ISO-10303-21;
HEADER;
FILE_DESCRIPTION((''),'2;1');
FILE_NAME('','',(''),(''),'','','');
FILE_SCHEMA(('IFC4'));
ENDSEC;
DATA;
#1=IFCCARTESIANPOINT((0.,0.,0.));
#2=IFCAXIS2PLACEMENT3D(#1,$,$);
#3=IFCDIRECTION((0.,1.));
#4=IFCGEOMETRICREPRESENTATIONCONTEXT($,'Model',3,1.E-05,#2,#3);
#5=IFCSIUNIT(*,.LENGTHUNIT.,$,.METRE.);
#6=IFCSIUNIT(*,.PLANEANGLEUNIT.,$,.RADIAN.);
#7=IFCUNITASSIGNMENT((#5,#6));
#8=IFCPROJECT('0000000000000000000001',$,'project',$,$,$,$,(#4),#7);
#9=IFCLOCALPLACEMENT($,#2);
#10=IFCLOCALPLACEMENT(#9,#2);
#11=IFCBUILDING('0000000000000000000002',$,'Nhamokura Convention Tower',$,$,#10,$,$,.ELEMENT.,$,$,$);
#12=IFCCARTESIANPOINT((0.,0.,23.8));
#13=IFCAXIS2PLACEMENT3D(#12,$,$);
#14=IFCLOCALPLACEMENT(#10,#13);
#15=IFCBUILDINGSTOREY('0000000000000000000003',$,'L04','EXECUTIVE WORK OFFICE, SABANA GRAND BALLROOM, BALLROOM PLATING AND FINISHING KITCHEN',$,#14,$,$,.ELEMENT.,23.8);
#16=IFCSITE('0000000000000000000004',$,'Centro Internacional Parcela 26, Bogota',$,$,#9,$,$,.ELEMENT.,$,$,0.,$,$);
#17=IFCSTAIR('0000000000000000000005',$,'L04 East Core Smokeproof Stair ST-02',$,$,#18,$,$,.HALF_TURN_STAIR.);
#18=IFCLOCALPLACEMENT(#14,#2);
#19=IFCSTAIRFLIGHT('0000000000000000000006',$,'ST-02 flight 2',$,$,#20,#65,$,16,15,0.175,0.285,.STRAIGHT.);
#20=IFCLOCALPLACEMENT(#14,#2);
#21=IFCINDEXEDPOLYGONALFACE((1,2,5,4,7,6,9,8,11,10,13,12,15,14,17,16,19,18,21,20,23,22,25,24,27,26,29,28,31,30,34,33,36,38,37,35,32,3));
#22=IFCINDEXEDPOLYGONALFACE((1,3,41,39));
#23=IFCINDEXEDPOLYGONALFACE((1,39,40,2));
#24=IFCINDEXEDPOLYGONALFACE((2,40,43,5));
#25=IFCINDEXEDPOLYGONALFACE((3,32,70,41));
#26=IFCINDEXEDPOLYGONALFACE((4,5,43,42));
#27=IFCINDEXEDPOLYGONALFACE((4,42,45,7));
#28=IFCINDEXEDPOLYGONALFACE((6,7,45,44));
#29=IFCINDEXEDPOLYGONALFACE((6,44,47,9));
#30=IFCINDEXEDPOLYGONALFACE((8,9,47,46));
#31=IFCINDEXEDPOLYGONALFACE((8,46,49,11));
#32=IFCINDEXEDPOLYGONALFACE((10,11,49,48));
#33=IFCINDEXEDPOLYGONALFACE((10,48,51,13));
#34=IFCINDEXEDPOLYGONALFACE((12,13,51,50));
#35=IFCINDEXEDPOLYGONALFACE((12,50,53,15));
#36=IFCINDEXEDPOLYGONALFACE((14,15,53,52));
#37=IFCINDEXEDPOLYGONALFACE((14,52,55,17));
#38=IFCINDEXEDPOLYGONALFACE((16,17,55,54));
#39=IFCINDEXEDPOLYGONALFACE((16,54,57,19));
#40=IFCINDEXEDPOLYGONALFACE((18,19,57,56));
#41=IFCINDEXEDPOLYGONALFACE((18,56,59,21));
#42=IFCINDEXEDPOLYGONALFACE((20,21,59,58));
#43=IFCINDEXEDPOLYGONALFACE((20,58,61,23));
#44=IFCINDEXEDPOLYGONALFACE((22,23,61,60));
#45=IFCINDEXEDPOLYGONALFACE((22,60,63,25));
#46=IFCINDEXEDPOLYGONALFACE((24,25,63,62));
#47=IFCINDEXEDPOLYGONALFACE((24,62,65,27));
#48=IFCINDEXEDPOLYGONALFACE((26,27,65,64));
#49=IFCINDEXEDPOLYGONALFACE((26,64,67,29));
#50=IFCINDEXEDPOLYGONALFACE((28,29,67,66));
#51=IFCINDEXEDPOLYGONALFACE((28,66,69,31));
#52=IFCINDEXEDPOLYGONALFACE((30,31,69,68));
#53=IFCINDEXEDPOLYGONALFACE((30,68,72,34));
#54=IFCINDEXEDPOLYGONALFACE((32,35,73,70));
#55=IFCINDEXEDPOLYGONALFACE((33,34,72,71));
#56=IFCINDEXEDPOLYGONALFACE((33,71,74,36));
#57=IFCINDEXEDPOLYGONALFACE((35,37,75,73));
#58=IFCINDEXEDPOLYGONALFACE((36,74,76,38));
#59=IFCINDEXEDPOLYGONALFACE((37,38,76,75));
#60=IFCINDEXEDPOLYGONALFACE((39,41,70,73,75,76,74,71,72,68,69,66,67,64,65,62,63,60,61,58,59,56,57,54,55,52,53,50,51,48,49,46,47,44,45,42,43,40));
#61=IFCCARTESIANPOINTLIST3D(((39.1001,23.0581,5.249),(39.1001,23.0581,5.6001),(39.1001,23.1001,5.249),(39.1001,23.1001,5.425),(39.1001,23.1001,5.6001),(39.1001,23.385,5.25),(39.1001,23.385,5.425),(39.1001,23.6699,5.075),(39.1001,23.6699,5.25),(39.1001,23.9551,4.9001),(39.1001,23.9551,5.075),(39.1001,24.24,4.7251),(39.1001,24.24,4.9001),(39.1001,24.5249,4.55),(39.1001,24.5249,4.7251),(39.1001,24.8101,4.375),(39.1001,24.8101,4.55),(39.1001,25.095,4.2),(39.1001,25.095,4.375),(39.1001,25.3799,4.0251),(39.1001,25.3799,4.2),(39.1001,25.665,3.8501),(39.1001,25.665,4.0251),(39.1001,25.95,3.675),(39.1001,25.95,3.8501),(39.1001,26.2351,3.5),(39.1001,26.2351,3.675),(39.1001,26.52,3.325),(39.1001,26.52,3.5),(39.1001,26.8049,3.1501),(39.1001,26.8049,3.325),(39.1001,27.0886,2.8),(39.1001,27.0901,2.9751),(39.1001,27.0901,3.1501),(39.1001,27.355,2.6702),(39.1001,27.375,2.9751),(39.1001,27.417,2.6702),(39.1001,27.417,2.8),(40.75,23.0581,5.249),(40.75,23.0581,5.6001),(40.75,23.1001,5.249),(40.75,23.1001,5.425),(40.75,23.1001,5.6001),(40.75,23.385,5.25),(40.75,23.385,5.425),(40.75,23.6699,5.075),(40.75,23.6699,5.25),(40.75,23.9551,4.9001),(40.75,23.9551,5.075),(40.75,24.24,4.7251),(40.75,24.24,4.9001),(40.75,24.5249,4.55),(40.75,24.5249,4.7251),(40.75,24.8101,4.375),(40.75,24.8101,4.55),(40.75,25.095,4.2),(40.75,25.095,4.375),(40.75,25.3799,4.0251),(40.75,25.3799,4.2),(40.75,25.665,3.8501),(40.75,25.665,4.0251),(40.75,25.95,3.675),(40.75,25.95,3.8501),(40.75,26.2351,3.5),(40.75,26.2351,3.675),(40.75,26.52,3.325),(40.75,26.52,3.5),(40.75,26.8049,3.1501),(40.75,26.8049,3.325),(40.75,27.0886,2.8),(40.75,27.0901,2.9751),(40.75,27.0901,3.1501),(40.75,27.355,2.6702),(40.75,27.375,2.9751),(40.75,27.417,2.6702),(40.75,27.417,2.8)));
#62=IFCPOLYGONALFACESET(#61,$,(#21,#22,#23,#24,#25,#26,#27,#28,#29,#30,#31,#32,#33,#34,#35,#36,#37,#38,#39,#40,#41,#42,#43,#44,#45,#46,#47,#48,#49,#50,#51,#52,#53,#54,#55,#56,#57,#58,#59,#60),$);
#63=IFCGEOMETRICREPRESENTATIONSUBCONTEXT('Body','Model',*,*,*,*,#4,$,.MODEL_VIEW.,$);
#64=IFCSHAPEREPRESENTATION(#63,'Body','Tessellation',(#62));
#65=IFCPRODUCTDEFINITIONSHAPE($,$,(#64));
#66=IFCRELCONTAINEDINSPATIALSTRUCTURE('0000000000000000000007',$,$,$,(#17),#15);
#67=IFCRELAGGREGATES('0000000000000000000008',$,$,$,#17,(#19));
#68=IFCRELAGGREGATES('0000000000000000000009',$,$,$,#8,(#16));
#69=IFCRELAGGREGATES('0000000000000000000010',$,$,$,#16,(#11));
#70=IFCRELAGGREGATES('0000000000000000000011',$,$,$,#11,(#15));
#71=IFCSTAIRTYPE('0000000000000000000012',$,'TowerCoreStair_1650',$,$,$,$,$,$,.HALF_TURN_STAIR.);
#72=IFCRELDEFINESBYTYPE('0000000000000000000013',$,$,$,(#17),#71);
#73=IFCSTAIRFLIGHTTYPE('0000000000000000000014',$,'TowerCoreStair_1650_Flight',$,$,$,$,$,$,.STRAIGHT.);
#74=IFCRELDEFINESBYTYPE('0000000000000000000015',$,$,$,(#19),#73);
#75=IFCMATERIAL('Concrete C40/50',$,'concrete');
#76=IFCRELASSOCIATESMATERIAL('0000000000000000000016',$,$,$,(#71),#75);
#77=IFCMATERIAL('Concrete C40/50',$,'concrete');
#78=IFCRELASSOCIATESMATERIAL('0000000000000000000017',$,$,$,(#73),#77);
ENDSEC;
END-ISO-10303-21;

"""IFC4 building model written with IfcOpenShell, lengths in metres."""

from ifc_helpers import new_model, si_unit, direction, frame, origin, place, context, subcontext, project, spatial, polyline, outline, extrude, material, type_object, element, aggregate, save


model = new_model("IFC4")

# Units and contexts
model_context = context("Model", 3, precision=1e-05, world=origin(), true_north=direction((0.0, 1.0)))
body_context = subcontext(model_context, "Body", "Model", "MODEL_VIEW")
ifc_project = project(units=[si_unit("LENGTHUNIT", "METRE"), si_unit("PLANEANGLEUNIT", "RADIAN")], contexts=[model_context])

# Site, building, storey
site_placement = place(None, origin())
site = spatial("IfcSite", under=ifc_project, at=site_placement, Name="Centro Internacional Parcela 26, Bogota", CompositionType="ELEMENT", RefElevation=0.0)
building_placement = place(site_placement, origin())
building = spatial("IfcBuilding", under=site, at=building_placement, Name="Nhamokura Convention Tower", CompositionType="ELEMENT")
storey_placement = place(building_placement, frame((0.0, 0.0, 23.8)))
storey = spatial("IfcBuildingStorey", under=building, at=storey_placement, Name="L04", Description="EXECUTIVE WORK OFFICE, SABANA GRAND BALLROOM, BALLROOM PLATING AND FINISHING KITCHEN", CompositionType="ELEMENT", Elevation=23.8)

# Stair, stair flight
ifc_material_1 = material(Name="Concrete C40/50", Category="concrete")
stair_type = type_object("IfcStairType", Name="TowerCoreStair_1650", PredefinedType="HALF_TURN_STAIR", material=ifc_material_1)
stair_placement = place(storey_placement, origin())
stair = element("IfcStair", 1, at=stair_placement, inside=storey, type_object=stair_type, Name="L04 East Core Smokeproof Stair ST-02", PredefinedType="HALF_TURN_STAIR")
ifc_material_2 = material(Name="Concrete C40/50", Category="concrete")
stair_flight_type = type_object("IfcStairFlightType", Name="TowerCoreStair_1650_Flight", PredefinedType="STRAIGHT", material=ifc_material_2)
stair_flight_1_placement = place(storey_placement, frame((39.925, 27.375, 2.8), z_axis=(0.0, 0.0, 1.0), x_axis=(0.0, -1.0, 0.0)))
stair_flight_1 = element("IfcStairFlight", 2, at=stair_flight_1_placement, type_object=stair_flight_type, Name="ST-02 flight 2", NumberOfRisers=16, NumberOfTreads=15, PredefinedType="STRAIGHT", RiserHeight=0.175, TreadLength=0.285, context=body_context, shape_type="SweptSolid", body=[
    extrude(outline(polyline([(-0.042, 0.0), (0.0, 0.175), (0.2849, 0.175), (0.2849, 0.3501), (0.5701, 0.3501), (0.5701, 0.5249), (0.855, 0.5249), (0.855, 0.7), (1.1399, 0.7), (1.1399, 0.875), (1.425, 0.875), (1.425, 1.05), (1.71, 1.05), (1.71, 1.2251), (1.9951, 1.2251), (1.9951, 1.3999), (2.28, 1.3999), (2.28, 1.575), (2.5649, 1.575), (2.5649, 1.75), (2.8501, 1.75), (2.8501, 1.925), (3.135, 1.925), (3.135, 2.1001), (3.4199, 2.1001), (3.4199, 2.2749), (3.7051, 2.2749), (3.7051, 2.45), (3.99, 2.45), (3.99, 2.625), (4.2749, 2.625), (4.2749, 2.8), (4.3169, 2.8), (4.3169, 2.449), (4.2749, 2.449), (0.2864, 0.0), (0.02, -0.1299), (-0.042, -0.1299), (-0.042, 0.0)])), frame((0.0, 0.825, 0.0), z_axis=(0.0, -1.0, 0.0), x_axis=(1.0, 0.0, 0.0)), (0.0, 0.0, 1.0), 1.6499),
])
aggregate(stair, [stair_flight_1])

save(model, "model.ifc")
